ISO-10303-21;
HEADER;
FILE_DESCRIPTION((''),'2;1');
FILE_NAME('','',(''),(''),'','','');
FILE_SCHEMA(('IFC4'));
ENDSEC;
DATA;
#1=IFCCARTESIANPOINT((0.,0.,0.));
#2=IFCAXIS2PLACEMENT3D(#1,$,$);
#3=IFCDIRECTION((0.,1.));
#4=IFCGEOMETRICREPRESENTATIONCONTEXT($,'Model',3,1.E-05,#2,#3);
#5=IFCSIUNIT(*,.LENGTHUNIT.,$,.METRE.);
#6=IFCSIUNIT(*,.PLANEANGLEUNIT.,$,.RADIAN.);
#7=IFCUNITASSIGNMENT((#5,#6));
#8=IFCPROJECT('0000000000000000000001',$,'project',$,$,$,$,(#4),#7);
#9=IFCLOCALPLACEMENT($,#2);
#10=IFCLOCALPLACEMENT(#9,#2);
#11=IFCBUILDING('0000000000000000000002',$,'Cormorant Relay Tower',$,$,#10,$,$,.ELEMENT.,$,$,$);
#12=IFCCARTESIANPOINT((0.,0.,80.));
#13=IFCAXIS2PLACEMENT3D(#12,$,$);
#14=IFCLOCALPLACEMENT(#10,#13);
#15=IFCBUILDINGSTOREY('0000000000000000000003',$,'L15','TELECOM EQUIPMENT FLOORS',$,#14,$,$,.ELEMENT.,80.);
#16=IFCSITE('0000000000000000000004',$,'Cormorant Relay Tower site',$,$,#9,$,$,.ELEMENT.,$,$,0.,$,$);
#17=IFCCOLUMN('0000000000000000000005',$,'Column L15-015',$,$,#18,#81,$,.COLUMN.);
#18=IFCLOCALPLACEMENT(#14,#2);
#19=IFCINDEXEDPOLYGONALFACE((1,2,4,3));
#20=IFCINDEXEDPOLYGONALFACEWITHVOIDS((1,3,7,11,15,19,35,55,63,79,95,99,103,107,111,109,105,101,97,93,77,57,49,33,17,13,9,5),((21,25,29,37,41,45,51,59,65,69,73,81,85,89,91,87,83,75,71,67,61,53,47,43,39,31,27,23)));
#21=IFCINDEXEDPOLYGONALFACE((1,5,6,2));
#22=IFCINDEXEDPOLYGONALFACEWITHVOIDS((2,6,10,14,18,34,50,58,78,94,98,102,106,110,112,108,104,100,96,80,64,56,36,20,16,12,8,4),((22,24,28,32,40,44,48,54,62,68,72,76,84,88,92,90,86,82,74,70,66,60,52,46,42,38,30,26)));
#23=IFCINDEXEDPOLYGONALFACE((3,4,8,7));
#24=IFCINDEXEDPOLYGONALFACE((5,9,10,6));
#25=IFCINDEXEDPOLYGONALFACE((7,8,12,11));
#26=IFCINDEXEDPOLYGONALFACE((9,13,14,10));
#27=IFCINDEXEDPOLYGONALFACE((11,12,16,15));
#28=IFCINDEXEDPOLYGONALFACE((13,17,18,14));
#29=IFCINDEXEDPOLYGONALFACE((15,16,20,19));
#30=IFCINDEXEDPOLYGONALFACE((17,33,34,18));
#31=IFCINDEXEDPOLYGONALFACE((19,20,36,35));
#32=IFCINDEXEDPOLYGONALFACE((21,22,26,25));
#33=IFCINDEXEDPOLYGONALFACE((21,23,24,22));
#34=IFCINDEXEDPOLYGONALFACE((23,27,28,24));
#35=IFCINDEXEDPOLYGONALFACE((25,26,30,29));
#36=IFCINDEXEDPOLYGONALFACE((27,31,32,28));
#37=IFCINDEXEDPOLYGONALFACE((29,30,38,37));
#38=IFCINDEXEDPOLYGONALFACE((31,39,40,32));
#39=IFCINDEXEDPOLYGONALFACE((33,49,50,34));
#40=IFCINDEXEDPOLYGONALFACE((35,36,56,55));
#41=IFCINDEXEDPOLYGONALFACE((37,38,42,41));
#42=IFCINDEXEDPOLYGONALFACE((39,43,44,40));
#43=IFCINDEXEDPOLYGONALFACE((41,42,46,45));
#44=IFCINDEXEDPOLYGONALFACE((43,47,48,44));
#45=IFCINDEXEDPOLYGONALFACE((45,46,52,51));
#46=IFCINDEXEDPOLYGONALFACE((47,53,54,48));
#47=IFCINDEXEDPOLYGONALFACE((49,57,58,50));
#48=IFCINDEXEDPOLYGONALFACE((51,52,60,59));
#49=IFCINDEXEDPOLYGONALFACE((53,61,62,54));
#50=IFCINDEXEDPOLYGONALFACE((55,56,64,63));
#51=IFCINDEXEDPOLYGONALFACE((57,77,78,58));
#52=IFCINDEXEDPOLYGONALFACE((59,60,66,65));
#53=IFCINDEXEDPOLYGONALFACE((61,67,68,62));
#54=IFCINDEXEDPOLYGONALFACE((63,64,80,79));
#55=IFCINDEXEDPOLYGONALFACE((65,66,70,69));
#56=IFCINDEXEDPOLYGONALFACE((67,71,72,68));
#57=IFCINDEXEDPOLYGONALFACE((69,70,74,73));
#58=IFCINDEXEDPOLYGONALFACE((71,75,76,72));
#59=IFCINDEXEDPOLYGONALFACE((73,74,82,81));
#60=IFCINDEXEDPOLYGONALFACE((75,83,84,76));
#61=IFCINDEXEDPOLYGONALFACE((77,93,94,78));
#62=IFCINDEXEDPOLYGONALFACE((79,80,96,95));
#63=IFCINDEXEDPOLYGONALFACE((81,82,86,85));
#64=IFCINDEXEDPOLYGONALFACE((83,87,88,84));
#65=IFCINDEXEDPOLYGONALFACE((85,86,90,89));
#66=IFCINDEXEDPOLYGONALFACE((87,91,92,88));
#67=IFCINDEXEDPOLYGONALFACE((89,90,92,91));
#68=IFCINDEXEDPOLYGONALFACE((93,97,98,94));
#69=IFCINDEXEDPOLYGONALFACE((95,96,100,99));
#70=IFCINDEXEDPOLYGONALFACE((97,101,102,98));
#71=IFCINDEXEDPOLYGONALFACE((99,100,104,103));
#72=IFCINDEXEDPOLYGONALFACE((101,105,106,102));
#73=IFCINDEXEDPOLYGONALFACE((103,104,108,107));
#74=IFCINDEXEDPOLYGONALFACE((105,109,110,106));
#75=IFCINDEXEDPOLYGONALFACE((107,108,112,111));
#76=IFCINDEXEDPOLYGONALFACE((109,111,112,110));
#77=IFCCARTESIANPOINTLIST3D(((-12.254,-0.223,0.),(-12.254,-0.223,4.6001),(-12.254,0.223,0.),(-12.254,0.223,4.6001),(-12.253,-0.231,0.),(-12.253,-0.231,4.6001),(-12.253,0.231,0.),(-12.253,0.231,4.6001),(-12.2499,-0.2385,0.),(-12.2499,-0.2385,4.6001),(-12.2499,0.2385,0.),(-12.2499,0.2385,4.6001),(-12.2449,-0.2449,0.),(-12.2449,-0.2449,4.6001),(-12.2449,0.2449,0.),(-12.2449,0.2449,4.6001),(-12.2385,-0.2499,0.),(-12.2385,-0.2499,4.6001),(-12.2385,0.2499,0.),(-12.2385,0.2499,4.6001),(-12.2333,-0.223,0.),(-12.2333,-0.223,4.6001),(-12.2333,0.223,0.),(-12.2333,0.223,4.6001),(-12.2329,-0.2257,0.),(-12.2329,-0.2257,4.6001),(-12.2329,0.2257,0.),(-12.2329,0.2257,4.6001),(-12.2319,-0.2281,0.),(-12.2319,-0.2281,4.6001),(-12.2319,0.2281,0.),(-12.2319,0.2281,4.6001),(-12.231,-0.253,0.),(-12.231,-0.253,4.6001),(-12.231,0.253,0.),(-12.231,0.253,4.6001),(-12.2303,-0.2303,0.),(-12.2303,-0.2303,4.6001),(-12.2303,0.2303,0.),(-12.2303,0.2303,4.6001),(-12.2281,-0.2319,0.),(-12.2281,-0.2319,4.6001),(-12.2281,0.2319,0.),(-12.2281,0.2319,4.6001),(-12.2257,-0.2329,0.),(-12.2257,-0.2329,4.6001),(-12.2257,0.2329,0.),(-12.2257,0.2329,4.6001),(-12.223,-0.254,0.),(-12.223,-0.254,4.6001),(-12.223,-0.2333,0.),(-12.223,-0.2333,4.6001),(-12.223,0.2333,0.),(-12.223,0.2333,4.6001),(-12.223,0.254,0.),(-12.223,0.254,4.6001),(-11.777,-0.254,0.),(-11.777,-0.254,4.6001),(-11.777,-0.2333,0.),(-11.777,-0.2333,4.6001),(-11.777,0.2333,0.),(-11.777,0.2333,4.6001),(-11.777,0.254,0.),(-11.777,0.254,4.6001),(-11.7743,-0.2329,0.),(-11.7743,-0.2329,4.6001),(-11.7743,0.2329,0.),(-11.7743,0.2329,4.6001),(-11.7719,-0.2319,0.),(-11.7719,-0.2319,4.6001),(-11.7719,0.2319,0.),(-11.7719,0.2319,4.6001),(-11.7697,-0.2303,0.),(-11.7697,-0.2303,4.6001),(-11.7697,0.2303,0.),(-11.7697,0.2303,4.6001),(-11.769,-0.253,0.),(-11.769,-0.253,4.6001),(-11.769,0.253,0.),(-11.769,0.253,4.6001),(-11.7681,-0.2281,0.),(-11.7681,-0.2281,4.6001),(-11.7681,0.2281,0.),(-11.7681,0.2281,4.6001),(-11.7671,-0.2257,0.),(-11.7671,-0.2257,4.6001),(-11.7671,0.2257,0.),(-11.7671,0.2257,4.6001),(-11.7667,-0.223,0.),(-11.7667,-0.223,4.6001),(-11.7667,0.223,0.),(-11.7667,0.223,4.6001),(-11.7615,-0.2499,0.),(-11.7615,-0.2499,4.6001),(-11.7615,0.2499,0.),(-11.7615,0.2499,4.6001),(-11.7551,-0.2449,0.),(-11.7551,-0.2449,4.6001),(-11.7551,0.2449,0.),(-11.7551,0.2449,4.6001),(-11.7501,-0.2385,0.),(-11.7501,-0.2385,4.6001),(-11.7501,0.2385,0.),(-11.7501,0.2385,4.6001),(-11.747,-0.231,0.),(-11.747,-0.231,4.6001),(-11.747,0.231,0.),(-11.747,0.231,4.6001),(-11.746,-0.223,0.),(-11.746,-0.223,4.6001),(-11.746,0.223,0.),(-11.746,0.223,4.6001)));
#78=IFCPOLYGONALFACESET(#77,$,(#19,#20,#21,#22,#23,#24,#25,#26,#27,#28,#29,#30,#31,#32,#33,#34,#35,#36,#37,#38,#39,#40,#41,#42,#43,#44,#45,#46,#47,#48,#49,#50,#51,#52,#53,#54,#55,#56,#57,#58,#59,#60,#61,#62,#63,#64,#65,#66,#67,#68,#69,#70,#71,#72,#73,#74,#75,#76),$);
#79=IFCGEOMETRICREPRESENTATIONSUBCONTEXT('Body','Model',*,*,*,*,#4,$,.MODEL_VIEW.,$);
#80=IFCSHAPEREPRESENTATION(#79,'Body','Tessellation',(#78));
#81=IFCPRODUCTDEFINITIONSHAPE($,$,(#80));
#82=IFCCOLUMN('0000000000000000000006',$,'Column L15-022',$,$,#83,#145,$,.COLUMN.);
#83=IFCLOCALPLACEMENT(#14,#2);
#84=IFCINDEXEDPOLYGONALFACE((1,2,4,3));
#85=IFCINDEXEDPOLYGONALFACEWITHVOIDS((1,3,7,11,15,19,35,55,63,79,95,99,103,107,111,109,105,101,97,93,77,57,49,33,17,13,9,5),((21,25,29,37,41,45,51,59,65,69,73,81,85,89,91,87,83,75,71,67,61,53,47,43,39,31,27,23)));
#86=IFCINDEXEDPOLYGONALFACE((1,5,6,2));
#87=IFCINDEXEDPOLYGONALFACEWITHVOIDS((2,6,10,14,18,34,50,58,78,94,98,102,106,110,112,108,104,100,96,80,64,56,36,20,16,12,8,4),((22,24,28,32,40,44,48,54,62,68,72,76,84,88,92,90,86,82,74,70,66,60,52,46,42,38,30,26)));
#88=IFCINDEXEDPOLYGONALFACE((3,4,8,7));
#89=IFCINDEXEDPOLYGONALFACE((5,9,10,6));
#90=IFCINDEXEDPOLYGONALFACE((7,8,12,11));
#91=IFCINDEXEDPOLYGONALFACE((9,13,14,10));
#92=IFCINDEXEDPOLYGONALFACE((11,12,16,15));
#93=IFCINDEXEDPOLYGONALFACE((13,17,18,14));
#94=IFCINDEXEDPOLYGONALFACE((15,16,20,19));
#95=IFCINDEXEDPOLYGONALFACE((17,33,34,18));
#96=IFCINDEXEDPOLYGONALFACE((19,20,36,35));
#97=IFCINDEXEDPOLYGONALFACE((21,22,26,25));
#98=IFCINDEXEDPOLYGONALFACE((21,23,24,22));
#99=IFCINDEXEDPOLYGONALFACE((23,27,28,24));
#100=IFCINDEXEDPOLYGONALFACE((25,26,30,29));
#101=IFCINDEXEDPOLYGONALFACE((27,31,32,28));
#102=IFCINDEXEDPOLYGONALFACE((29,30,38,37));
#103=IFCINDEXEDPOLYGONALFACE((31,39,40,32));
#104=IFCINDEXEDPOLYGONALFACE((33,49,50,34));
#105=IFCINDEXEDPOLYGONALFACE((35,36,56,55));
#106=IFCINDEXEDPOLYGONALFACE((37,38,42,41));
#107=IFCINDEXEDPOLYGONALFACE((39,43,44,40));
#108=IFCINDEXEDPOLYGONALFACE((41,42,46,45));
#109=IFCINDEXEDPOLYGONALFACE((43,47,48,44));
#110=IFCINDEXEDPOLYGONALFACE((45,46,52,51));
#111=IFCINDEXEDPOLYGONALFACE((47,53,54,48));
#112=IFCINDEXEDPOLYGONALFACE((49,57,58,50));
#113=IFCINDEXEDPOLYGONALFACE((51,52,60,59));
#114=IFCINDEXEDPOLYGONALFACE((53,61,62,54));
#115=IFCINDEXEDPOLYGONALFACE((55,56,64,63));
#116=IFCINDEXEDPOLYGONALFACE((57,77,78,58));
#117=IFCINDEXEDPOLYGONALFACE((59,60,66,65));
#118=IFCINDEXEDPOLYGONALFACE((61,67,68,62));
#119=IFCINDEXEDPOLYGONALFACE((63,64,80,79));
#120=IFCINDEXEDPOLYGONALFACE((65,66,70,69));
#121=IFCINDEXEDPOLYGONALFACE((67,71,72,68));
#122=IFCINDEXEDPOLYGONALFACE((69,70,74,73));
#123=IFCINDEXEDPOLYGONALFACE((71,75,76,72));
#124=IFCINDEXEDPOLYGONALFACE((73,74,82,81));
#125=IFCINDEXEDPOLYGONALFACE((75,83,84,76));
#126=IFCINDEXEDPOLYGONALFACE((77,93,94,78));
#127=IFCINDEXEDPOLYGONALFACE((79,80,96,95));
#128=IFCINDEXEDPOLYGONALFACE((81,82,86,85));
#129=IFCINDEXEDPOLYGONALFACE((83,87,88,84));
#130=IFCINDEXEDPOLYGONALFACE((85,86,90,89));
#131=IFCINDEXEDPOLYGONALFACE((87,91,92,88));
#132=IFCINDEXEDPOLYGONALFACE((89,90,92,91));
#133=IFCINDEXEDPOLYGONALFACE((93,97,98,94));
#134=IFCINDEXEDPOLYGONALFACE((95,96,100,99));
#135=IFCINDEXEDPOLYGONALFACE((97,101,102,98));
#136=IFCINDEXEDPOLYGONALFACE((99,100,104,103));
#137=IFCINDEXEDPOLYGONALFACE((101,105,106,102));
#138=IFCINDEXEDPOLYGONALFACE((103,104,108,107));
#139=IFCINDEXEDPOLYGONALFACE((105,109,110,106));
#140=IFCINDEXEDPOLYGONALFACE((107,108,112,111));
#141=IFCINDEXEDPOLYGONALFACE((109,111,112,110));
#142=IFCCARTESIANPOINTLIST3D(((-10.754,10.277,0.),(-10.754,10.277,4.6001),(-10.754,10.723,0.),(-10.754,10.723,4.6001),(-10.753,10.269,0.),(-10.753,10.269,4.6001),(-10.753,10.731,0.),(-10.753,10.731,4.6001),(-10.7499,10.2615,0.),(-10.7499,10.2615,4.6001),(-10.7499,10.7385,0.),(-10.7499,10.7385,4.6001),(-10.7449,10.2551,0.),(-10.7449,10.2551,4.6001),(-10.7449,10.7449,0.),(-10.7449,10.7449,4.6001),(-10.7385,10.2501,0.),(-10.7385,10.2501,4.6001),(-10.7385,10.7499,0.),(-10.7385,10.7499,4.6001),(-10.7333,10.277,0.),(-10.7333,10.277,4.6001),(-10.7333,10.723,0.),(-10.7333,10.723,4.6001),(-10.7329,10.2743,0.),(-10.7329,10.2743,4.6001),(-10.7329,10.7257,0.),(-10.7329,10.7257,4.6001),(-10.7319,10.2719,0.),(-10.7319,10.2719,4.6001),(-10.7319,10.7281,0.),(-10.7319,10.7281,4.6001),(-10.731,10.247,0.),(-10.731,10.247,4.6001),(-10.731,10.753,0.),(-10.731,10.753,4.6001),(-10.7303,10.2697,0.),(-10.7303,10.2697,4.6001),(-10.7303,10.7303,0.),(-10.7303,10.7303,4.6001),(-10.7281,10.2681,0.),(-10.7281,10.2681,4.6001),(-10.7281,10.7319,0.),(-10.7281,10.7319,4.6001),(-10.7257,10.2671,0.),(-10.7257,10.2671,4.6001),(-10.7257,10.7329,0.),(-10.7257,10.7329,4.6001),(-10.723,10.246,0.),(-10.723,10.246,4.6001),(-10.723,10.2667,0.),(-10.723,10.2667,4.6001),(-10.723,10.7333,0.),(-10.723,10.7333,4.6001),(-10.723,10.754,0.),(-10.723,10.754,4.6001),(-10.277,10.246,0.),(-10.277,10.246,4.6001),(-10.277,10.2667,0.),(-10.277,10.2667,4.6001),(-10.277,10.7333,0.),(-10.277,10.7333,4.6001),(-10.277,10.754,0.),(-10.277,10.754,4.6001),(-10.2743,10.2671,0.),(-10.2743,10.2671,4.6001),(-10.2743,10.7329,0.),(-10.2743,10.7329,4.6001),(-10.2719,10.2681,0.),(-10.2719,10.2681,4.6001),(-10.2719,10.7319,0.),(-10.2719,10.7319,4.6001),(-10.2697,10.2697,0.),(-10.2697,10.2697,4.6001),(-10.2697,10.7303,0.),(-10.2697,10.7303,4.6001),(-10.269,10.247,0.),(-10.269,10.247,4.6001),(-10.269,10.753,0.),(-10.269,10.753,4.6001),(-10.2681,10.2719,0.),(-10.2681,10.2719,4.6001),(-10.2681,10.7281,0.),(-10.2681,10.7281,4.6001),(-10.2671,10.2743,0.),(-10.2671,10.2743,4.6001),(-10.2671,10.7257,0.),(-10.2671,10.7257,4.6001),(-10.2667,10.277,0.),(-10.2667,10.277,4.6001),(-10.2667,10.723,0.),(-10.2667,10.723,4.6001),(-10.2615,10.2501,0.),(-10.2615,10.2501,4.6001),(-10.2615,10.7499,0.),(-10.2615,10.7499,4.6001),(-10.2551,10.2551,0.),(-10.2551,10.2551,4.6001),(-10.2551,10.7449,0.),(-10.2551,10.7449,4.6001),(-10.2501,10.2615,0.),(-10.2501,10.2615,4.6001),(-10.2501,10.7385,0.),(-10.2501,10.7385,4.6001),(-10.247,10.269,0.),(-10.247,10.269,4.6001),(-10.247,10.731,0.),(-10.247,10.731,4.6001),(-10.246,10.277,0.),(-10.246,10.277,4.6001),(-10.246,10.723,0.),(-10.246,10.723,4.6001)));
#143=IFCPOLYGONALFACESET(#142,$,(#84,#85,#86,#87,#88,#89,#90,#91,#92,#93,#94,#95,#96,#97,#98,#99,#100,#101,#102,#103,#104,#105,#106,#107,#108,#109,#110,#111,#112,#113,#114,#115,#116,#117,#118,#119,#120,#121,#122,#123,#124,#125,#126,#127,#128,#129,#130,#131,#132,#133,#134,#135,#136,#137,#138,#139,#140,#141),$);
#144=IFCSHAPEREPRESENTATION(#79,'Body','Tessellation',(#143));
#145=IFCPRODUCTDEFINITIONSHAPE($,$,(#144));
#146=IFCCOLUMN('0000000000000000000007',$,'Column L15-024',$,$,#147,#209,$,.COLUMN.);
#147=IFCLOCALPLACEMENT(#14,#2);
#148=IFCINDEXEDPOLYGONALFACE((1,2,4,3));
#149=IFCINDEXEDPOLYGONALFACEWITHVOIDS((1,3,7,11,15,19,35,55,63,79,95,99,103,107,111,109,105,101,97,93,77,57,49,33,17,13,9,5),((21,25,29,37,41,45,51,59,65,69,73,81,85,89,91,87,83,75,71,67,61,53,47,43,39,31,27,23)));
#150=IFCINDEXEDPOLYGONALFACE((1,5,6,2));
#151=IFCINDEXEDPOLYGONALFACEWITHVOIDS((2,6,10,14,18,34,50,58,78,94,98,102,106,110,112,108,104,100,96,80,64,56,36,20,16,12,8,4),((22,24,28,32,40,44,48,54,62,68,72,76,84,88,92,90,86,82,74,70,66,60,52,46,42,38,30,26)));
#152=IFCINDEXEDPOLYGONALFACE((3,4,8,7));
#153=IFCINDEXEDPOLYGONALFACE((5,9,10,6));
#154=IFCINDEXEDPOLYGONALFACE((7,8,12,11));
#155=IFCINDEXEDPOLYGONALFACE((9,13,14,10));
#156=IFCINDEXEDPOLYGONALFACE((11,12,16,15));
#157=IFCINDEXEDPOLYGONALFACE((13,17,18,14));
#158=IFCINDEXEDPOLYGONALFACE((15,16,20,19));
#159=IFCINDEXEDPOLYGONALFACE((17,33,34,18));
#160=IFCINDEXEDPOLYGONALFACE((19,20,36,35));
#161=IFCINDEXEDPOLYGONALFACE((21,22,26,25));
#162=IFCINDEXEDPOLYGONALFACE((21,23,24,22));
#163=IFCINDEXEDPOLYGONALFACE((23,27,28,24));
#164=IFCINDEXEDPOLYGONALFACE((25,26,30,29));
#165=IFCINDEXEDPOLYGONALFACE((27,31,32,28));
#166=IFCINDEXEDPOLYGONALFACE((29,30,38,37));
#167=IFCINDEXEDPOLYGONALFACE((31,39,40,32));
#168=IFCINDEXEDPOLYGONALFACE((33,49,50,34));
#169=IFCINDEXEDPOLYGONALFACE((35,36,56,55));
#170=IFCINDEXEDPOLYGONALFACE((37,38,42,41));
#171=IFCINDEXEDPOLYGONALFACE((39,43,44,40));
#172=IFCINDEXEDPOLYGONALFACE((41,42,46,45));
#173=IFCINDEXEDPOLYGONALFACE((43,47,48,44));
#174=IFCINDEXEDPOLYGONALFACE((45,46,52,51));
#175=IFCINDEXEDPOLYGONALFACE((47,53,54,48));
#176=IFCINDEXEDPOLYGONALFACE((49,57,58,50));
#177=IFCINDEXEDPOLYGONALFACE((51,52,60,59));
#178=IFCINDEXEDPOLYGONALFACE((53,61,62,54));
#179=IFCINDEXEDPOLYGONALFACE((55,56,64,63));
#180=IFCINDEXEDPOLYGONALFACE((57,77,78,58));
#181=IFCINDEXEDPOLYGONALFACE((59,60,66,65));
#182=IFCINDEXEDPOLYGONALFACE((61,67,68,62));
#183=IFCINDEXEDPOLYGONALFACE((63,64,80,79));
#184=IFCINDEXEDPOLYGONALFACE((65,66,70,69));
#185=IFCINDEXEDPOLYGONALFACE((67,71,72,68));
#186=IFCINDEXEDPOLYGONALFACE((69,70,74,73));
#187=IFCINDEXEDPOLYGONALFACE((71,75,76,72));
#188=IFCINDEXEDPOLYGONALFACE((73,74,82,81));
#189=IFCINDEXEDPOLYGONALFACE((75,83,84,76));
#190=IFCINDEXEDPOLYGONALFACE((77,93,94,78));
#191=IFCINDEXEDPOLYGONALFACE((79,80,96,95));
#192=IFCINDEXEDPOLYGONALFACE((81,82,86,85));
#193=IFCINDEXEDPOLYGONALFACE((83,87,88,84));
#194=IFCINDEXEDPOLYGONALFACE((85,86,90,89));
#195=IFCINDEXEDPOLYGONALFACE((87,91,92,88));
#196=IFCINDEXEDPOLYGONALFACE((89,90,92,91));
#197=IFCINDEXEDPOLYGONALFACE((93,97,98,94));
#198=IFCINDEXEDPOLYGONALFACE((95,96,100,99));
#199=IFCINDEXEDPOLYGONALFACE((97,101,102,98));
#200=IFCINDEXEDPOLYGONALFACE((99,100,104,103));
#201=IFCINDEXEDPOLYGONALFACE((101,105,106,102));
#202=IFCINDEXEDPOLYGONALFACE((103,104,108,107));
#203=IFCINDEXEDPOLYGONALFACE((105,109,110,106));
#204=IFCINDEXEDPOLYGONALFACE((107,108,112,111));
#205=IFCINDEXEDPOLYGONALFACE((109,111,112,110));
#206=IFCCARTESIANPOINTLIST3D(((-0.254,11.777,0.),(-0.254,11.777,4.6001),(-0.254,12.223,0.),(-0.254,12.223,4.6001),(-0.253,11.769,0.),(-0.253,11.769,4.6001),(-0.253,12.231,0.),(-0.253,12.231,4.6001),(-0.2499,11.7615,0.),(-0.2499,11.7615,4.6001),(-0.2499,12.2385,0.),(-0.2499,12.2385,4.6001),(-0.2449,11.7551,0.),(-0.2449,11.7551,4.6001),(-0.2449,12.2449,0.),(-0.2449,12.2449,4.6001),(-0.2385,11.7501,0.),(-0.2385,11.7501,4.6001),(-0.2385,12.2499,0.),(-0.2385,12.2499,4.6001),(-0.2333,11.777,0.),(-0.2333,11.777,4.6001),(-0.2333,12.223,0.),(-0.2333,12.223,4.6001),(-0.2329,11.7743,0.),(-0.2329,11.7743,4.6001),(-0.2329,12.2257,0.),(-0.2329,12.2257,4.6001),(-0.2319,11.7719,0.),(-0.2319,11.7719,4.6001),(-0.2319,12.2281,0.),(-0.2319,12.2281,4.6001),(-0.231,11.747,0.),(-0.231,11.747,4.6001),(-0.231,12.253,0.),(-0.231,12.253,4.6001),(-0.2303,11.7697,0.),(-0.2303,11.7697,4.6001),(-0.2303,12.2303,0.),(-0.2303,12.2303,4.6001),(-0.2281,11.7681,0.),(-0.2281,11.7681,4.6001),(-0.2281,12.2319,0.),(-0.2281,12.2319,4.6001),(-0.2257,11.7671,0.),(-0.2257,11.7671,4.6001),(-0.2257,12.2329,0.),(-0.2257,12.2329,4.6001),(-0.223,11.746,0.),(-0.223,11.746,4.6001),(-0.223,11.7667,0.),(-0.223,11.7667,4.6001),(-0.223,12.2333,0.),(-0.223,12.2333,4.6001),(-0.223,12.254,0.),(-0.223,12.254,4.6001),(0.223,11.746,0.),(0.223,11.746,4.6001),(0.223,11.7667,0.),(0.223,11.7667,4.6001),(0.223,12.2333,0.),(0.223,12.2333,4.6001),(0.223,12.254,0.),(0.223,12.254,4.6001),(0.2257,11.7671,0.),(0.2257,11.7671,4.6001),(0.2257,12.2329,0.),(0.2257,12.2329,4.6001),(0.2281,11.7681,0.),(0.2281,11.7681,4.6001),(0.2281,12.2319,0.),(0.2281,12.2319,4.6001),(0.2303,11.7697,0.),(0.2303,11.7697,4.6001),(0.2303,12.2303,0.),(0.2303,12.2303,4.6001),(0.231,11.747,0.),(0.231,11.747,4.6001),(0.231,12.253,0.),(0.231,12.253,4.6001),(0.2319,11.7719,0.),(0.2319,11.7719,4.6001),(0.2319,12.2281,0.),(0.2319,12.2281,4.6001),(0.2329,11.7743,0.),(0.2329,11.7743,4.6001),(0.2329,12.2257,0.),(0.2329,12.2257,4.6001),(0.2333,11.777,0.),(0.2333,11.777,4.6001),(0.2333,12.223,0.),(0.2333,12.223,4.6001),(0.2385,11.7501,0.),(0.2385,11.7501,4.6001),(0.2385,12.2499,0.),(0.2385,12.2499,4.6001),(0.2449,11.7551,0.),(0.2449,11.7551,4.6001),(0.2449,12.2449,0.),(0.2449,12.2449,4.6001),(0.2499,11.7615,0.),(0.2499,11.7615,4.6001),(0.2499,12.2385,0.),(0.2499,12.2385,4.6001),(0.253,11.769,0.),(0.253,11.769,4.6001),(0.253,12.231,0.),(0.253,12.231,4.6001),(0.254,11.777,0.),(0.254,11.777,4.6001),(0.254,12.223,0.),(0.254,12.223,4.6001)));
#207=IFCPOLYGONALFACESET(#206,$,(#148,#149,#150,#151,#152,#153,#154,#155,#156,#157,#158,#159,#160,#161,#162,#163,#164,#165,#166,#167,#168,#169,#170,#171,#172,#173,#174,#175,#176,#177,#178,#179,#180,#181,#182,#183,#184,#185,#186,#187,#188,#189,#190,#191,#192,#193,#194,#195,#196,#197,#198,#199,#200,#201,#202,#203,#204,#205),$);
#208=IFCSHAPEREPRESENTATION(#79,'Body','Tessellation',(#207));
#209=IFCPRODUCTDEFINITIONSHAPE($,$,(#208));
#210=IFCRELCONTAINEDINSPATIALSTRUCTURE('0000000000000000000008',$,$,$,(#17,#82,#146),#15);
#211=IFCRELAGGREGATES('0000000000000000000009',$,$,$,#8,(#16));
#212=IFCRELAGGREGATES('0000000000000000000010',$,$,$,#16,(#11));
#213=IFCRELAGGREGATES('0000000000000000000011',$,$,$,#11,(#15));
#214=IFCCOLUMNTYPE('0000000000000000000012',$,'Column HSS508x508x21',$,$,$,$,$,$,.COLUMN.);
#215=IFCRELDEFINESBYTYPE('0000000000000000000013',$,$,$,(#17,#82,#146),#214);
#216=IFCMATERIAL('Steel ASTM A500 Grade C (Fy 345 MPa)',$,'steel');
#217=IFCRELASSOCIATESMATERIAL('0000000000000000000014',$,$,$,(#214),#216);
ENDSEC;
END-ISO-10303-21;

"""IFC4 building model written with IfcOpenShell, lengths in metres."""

from ifc_helpers import new_model, si_unit, direction, frame, origin, origin_2d, place, context, subcontext, project, spatial, hollow_rectangle, extrude, material, material_profile, profile_set, type_object, element, save


model = new_model("IFC4")

# Units and contexts
model_context = context("Model", 3, precision=1e-05, world=origin(), true_north=direction((0.0, 1.0)))
body_context = subcontext(model_context, "Body", "Model", "MODEL_VIEW")
ifc_project = project(units=[si_unit("LENGTHUNIT", "METRE"), si_unit("PLANEANGLEUNIT", "RADIAN")], contexts=[model_context])

# Site, building, storey
site_placement = place(None, origin())
site = spatial("IfcSite", under=ifc_project, at=site_placement, Name="Cormorant Relay Tower site", CompositionType="ELEMENT", RefElevation=0.0)
building_placement = place(site_placement, origin())
building = spatial("IfcBuilding", under=site, at=building_placement, Name="Cormorant Relay Tower", CompositionType="ELEMENT")
storey_placement = place(building_placement, frame((0.0, 0.0, 80.0)))
storey = spatial("IfcBuildingStorey", under=building, at=storey_placement, Name="L15", Description="TELECOM EQUIPMENT FLOORS", CompositionType="ELEMENT", Elevation=80.0)

# Columns
ifc_material_1 = material(Name="Steel ASTM A500 Grade C (Fy 345 MPa)", Category="steel")
ifc_material_profile = material_profile(ifc_material_1, hollow_rectangle(XDim=0.5081, YDim=0.5081, WallThickness=0.0208, InnerFilletRadius=0.0103, OuterFilletRadius=0.031, at=origin_2d()), Name="HSS508x508x21")
ifc_profile_set = profile_set([ifc_material_profile], Name="Steel ASTM A500 Grade C (Fy 345 MPa)")
column_type = type_object("IfcColumnType", Name="Column HSS508x508x21", PredefinedType="COLUMN", material=ifc_profile_set)
for number, where, z_axis, x_axis, name in (
    (1, (-12.0, 0.0, 0.0), (0.0, 0.0, 1.0), (1.0, 0.0, 0.0), "Column L15-015"),
    (2, (-10.5, 10.5, 0.0), (0.0, 0.0, 1.0), (1.0, 0.0, 0.0), "Column L15-022"),
    (3, (0.0, 12.0, 0.0), (0.0, 0.0, 1.0), (1.0, 0.0, 0.0), "Column L15-024"),
):
    element("IfcColumn", number, at=place(storey_placement, frame(where, z_axis=z_axis, x_axis=x_axis)), inside=storey, type_object=column_type, Name=name, PredefinedType="COLUMN", context=body_context, shape_type="SweptSolid", body=[
        extrude(hollow_rectangle(XDim=0.5081, YDim=0.5081, WallThickness=0.0208, InnerFilletRadius=0.0103, OuterFilletRadius=0.031, at=origin_2d()), origin(), (0.0, 0.0, 1.0), 4.6001),
    ])

save(model, "model.ifc")
